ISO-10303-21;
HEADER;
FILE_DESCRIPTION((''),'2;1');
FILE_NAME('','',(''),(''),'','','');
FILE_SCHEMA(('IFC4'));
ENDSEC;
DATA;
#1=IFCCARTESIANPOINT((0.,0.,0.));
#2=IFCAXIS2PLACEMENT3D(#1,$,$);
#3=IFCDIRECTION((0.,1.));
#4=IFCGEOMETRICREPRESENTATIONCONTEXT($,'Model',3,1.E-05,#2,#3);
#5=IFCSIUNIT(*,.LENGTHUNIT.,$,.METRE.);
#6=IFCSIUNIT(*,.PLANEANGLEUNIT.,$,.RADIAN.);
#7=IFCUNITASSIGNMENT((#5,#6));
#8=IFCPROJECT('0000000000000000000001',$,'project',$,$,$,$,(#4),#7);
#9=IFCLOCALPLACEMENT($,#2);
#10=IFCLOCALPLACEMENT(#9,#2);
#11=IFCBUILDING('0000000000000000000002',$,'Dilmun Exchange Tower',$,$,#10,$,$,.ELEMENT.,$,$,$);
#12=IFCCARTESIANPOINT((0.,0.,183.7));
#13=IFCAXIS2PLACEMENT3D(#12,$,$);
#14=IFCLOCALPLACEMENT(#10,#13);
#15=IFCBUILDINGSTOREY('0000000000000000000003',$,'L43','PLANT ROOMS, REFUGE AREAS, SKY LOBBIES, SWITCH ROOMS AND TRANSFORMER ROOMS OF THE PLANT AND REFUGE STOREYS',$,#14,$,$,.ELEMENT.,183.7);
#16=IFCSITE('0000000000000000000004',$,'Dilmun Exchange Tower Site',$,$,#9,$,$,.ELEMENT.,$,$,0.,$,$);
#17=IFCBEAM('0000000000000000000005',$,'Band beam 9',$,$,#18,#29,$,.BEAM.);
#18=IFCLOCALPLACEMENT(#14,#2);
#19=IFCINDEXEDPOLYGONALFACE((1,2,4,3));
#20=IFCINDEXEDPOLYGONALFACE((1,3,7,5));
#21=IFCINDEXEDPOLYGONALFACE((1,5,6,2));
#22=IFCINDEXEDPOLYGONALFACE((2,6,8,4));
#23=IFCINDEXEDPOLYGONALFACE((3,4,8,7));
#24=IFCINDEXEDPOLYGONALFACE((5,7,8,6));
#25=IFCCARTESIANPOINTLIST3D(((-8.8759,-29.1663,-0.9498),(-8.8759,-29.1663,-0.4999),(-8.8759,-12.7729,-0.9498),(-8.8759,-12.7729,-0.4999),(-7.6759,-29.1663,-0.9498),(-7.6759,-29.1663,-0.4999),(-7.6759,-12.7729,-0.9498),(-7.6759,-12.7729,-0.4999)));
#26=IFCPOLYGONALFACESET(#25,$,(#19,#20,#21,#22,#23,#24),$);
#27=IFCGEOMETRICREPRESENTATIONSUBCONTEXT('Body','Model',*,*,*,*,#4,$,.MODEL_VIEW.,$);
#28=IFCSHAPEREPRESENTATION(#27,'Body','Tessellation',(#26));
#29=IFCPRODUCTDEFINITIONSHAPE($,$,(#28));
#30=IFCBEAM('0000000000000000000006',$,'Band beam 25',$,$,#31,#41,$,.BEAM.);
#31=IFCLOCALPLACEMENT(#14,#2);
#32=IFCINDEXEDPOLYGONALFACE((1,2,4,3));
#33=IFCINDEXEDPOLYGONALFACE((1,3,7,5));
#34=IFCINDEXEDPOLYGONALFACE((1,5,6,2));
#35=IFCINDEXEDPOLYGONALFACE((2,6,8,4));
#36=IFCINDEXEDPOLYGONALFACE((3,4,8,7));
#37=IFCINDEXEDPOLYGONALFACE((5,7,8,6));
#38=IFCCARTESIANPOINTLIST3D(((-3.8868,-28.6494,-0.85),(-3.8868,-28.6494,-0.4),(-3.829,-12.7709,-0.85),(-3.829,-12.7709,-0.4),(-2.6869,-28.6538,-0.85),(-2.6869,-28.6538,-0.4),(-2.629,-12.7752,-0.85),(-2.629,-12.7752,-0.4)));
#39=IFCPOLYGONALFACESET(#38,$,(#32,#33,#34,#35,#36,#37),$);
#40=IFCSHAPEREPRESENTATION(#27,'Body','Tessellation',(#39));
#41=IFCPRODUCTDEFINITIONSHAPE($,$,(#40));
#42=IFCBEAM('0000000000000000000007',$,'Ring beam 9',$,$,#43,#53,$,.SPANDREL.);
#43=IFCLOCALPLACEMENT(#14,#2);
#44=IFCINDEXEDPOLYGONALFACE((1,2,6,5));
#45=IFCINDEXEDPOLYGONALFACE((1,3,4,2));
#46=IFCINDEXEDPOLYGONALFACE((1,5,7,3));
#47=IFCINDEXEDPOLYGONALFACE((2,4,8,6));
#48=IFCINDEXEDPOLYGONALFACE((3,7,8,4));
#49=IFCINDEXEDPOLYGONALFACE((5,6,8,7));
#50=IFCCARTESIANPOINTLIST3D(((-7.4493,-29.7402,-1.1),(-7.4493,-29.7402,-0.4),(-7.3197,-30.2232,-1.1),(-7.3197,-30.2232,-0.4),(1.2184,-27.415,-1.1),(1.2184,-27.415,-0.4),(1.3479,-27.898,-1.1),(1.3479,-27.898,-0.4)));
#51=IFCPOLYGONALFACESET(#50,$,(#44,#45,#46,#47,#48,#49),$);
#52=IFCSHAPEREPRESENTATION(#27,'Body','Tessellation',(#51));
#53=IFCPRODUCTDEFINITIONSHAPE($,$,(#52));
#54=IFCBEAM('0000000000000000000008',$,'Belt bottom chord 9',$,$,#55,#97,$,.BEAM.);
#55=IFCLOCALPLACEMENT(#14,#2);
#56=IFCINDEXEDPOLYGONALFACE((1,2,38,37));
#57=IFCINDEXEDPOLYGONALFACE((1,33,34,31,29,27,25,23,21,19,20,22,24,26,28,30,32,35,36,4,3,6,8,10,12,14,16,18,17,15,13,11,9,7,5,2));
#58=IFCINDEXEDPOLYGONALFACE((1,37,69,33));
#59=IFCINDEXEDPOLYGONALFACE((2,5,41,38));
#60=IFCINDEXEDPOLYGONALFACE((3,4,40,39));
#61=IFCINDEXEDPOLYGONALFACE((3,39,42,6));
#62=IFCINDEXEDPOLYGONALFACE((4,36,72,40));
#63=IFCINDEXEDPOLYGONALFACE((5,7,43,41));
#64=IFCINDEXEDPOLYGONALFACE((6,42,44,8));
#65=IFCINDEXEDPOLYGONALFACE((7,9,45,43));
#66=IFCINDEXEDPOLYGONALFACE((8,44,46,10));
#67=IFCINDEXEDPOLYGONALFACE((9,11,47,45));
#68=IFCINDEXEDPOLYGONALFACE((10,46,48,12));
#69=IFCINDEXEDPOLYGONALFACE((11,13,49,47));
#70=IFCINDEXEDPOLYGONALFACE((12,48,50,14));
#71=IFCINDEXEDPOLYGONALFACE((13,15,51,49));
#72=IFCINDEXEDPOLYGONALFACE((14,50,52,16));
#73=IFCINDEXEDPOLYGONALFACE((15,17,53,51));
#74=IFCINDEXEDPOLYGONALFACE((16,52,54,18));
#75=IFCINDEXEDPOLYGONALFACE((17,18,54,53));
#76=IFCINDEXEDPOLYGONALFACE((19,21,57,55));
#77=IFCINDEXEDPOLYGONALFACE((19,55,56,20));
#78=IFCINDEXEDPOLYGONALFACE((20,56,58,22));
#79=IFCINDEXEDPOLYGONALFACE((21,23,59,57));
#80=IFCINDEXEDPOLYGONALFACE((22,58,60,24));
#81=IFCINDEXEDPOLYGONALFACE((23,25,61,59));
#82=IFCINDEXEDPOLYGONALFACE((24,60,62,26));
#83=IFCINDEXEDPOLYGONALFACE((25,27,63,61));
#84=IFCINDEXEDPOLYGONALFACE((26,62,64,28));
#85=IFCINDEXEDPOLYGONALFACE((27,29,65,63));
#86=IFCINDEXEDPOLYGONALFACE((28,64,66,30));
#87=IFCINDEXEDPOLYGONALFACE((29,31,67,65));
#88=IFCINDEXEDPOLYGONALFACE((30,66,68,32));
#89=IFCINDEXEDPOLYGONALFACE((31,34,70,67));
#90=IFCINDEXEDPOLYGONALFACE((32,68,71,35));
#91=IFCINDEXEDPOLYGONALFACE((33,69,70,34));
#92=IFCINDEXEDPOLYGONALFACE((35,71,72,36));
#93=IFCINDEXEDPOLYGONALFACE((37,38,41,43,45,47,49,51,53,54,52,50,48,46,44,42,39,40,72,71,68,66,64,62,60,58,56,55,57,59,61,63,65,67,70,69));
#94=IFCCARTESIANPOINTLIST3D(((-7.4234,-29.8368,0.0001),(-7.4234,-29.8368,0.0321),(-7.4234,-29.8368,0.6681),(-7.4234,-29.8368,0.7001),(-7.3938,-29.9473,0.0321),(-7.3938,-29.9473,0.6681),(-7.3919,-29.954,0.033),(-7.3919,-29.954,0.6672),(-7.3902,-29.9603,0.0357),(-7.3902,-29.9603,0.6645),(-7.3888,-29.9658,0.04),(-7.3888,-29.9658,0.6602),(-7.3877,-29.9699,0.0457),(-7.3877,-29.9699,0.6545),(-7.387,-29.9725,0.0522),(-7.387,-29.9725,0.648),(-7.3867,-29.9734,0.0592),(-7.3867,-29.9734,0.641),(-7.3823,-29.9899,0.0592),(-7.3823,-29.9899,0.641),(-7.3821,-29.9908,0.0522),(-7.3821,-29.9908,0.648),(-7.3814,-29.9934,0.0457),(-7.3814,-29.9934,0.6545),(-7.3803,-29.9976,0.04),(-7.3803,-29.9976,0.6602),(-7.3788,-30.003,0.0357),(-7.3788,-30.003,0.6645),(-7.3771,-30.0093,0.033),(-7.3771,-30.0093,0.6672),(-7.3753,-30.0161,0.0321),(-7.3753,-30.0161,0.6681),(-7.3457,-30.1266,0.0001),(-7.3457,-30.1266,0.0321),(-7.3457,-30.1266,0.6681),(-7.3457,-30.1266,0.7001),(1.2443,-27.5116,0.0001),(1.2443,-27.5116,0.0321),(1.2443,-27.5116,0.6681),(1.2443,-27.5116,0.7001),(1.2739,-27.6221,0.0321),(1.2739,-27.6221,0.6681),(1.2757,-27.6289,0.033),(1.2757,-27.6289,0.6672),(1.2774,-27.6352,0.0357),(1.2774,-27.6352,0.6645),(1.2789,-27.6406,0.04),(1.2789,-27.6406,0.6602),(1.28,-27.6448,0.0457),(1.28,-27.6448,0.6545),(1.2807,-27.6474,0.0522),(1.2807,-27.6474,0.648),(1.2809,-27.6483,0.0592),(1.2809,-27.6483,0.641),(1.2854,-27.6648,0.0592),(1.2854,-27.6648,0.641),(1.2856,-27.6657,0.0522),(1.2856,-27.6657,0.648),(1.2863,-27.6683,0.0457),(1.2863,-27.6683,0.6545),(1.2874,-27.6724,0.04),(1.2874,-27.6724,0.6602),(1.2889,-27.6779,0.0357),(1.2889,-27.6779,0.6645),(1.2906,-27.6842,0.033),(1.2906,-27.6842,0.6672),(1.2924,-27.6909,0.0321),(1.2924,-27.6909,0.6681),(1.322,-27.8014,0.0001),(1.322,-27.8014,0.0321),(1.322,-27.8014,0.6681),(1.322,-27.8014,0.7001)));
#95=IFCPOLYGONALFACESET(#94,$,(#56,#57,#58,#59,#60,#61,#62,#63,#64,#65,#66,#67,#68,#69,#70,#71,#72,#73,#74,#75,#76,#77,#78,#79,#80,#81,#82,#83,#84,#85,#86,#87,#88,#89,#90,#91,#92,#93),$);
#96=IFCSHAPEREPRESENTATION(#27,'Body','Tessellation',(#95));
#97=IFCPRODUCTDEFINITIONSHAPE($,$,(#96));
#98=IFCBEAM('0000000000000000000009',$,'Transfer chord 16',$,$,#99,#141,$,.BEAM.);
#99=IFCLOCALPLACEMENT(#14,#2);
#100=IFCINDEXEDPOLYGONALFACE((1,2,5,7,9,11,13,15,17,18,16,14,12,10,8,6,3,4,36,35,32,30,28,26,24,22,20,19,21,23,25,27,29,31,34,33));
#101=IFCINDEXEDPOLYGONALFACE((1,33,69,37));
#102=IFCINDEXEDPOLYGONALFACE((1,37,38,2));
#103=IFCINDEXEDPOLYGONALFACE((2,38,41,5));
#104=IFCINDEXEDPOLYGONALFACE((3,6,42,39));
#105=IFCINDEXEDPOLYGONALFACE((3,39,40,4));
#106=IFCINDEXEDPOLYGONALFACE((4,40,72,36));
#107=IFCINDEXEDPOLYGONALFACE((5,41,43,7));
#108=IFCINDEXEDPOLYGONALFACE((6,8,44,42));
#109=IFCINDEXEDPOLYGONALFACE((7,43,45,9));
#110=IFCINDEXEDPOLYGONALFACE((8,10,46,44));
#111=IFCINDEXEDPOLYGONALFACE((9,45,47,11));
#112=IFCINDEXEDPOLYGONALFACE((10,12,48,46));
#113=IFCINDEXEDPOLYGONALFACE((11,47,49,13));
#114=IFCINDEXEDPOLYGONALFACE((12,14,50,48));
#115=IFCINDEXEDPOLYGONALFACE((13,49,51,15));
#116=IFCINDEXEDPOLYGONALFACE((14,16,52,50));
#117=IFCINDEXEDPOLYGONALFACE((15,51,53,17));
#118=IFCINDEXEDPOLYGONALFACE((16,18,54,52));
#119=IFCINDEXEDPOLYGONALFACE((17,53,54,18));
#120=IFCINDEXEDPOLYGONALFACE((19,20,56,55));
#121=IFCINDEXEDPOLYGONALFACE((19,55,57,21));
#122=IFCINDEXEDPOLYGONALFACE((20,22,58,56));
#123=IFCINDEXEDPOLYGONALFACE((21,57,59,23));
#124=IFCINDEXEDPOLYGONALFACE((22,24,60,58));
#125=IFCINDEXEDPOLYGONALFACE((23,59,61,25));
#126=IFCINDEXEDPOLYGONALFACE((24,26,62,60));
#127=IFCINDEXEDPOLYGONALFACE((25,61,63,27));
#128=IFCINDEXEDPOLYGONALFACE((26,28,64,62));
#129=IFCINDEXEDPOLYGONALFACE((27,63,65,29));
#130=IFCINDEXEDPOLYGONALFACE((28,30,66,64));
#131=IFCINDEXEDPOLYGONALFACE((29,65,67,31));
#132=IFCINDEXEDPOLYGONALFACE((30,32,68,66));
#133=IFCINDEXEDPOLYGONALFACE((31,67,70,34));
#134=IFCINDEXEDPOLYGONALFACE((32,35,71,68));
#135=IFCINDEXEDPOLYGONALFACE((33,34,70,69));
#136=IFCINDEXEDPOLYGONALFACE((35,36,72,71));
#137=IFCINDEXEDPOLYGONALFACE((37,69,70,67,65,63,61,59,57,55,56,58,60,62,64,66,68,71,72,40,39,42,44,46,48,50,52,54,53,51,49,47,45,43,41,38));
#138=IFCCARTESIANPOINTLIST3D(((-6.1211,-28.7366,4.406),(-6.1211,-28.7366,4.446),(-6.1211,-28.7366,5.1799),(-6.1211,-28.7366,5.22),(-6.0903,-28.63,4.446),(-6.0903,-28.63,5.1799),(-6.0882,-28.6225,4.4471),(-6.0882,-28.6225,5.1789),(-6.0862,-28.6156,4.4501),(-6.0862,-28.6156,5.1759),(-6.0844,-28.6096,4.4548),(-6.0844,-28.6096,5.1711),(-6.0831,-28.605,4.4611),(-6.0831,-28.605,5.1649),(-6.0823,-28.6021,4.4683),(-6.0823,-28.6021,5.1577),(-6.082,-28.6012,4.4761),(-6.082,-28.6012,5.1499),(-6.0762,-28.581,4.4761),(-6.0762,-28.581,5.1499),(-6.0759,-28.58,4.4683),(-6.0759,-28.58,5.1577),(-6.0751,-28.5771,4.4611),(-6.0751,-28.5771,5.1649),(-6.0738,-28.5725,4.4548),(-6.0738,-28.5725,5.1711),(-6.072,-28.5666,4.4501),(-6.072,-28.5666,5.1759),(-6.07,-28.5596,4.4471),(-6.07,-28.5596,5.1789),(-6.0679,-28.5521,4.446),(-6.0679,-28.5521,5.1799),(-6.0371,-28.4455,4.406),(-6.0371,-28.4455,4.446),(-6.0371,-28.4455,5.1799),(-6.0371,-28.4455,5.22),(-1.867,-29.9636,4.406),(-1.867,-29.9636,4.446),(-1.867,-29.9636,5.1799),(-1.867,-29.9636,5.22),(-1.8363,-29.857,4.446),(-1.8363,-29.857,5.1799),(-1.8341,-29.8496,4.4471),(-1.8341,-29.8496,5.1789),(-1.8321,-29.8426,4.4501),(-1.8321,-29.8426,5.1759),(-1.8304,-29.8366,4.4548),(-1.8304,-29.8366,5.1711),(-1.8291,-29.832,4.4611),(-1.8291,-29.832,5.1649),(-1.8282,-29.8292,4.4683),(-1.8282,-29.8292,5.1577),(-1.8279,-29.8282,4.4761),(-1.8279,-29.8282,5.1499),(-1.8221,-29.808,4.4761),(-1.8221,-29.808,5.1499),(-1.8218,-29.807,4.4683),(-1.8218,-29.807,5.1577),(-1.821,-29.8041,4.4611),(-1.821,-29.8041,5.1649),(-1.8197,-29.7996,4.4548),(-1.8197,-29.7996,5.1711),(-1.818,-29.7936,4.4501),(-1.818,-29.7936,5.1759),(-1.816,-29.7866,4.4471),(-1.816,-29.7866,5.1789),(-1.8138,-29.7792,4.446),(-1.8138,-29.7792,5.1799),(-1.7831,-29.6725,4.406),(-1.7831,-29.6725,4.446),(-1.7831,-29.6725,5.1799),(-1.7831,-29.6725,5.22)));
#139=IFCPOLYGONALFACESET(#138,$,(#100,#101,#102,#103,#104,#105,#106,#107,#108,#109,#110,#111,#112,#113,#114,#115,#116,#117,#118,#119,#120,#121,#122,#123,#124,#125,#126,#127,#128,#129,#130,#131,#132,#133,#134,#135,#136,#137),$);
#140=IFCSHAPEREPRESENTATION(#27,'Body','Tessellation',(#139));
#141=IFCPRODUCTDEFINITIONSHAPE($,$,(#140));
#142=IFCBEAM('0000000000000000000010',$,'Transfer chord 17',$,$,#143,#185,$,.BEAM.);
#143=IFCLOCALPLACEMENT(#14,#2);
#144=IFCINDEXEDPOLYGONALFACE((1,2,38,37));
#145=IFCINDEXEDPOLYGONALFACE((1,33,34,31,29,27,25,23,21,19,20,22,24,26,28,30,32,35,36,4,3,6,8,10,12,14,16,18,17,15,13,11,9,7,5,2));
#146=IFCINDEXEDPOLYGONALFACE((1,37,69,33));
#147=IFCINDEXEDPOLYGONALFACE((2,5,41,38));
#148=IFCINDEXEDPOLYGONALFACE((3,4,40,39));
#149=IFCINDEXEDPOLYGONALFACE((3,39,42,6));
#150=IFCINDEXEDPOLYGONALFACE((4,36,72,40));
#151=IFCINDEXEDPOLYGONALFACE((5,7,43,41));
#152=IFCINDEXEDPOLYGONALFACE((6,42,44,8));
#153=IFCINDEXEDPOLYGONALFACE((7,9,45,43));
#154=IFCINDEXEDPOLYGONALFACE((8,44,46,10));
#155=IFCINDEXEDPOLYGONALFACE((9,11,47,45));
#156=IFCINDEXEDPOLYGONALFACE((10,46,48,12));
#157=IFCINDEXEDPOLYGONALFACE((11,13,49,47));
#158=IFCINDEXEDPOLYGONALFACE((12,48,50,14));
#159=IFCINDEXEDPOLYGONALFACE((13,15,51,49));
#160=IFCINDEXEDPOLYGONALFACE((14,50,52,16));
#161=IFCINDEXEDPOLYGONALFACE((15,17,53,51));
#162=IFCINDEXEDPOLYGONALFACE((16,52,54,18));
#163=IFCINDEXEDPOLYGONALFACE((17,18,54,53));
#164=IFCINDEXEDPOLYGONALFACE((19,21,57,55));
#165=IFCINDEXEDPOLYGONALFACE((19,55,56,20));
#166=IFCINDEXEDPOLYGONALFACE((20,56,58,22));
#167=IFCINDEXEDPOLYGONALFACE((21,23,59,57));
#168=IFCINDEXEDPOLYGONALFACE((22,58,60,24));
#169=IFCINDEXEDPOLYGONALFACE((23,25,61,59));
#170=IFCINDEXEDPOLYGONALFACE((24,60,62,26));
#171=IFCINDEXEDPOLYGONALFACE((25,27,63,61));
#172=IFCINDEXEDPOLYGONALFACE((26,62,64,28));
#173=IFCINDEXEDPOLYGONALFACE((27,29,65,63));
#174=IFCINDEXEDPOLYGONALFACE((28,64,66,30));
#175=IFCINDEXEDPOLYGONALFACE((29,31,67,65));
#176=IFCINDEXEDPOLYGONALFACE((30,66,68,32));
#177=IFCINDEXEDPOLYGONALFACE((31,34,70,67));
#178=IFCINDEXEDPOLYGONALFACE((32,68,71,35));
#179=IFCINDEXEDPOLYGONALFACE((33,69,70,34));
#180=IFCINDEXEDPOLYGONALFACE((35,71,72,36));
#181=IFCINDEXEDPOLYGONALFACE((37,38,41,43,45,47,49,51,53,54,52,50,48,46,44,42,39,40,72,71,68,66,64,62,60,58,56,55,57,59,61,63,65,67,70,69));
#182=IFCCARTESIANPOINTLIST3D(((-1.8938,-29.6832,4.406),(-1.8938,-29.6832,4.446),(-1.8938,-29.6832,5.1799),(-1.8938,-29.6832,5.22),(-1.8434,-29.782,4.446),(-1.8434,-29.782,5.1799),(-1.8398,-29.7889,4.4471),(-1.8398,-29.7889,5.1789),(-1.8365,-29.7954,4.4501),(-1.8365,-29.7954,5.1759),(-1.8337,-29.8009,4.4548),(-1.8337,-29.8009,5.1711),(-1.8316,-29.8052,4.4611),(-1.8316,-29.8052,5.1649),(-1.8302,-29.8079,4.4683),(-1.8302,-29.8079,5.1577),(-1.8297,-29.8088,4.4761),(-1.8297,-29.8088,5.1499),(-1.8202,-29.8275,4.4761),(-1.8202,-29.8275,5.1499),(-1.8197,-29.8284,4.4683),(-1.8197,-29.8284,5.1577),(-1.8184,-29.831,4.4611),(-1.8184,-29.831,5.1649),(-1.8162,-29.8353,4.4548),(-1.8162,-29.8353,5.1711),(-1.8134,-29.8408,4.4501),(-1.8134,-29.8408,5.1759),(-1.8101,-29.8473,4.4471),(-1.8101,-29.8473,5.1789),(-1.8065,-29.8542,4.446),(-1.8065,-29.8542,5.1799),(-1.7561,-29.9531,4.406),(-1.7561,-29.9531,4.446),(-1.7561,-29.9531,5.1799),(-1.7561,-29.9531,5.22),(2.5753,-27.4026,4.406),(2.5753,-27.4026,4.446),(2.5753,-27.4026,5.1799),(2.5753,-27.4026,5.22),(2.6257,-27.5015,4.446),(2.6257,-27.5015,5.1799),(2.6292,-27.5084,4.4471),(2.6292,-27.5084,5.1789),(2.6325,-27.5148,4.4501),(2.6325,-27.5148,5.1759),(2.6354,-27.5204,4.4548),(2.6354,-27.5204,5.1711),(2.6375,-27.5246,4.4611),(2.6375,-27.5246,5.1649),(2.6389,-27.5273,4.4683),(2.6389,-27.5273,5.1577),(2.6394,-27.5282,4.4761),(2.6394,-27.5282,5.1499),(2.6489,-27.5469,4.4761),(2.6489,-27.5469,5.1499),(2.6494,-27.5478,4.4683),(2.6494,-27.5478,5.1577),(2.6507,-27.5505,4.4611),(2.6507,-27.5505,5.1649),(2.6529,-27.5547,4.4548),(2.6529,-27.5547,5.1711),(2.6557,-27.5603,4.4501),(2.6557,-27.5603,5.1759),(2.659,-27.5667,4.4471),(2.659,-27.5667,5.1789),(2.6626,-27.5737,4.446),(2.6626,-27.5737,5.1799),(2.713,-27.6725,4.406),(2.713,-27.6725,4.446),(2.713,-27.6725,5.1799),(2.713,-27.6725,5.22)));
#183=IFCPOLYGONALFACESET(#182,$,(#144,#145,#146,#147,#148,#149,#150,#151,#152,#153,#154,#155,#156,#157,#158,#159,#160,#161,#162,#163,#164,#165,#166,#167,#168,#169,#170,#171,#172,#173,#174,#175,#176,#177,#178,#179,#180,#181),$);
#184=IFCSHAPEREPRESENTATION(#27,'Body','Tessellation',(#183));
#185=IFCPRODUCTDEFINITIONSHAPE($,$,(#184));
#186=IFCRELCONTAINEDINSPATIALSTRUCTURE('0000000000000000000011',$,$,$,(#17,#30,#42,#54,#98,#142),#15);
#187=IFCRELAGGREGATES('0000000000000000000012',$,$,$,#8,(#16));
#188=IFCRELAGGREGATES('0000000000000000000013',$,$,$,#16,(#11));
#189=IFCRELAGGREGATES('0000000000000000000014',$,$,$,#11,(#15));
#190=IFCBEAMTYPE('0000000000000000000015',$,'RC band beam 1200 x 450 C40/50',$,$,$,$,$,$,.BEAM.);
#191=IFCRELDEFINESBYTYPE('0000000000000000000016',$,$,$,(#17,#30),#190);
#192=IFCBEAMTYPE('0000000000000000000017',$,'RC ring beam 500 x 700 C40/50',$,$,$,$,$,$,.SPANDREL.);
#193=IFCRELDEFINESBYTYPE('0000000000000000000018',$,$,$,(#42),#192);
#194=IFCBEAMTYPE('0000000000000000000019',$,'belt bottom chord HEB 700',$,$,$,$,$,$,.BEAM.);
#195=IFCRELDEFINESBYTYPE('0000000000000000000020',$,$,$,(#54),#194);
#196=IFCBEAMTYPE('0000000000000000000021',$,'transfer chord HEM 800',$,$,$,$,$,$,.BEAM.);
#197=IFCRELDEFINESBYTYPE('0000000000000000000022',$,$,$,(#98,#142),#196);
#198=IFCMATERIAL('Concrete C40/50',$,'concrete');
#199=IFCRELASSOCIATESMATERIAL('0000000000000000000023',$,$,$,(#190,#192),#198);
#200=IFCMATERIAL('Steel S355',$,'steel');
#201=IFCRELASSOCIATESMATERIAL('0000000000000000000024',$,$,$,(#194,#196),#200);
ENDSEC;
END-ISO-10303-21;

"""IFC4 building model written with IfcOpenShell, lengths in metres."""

from ifc_helpers import new_model, si_unit, direction, frame, origin, origin_2d, place, context, subcontext, project, spatial, rectangle, i_section, extrude, material, material_profile, profile_set, type_object, element, save


model = new_model("IFC4")

# Units and contexts
model_context = context("Model", 3, precision=1e-05, world=origin(), true_north=direction((0.0, 1.0)))
body_context = subcontext(model_context, "Body", "Model", "MODEL_VIEW")
ifc_project = project(units=[si_unit("LENGTHUNIT", "METRE"), si_unit("PLANEANGLEUNIT", "RADIAN")], contexts=[model_context])

# Site, building, storey
site_placement = place(None, origin())
site = spatial("IfcSite", under=ifc_project, at=site_placement, Name="Dilmun Exchange Tower Site", CompositionType="ELEMENT", RefElevation=0.0)
building_placement = place(site_placement, origin())
building = spatial("IfcBuilding", under=site, at=building_placement, Name="Dilmun Exchange Tower", CompositionType="ELEMENT")
storey_placement = place(building_placement, frame((0.0, 0.0, 183.7)))
storey = spatial("IfcBuildingStorey", under=building, at=storey_placement, Name="L43", Description="PLANT ROOMS, REFUGE AREAS, SKY LOBBIES, SWITCH ROOMS AND TRANSFORMER ROOMS OF THE PLANT AND REFUGE STOREYS", CompositionType="ELEMENT", Elevation=183.7)

# Beams
ifc_material_1 = material(Name="Concrete C40/50", Category="concrete")
ifc_material_profile_1 = material_profile(ifc_material_1, rectangle(XDim=1.2, YDim=0.45, at=origin_2d()), Name="1200 x 450")
ifc_profile_set_1 = profile_set([ifc_material_profile_1], Name="Concrete C40/50")
beam_type_1 = type_object("IfcBeamType", Name="RC band beam 1200 x 450 C40/50", PredefinedType="BEAM", material=ifc_profile_set_1)
beam_1_placement = place(storey_placement, frame((-8.2759, -29.1663, -0.7249), z_axis=(0.0, 1.0, 0.0), x_axis=(-1.0, 0.0, 0.0)))
element("IfcBeam", 1, at=beam_1_placement, inside=storey, type_object=beam_type_1, Name="Band beam 9", PredefinedType="BEAM", context=body_context, shape_type="SweptSolid", body=[
    extrude(rectangle(XDim=1.2, YDim=0.45, at=origin_2d()), origin(), (0.0, 0.0, 1.0), 16.3933),
])
beam_2_placement = place(storey_placement, frame((-3.2869, -28.6516, -0.625), z_axis=(0.003644, 0.999993, 0.0), x_axis=(-0.999993, 0.003644, 0.0)))
element("IfcBeam", 2, at=beam_2_placement, inside=storey, type_object=beam_type_1, Name="Band beam 25", PredefinedType="BEAM", context=body_context, shape_type="SweptSolid", body=[
    extrude(rectangle(XDim=1.2, YDim=0.45, at=origin_2d()), origin(), (0.0, 0.0, 1.0), 15.8787),
])
ifc_material_profile_2 = material_profile(ifc_material_1, rectangle(XDim=0.5, YDim=0.7, at=origin_2d()), Name="500 x 700")
ifc_profile_set_2 = profile_set([ifc_material_profile_2], Name="Concrete C40/50")
beam_type_2 = type_object("IfcBeamType", Name="RC ring beam 500 x 700 C40/50", PredefinedType="SPANDREL", material=ifc_profile_set_2)
beam_3_placement = place(storey_placement, frame((-7.3845, -29.9817, -0.75), z_axis=(0.965851, 0.259098, 0.0), x_axis=(-0.259098, 0.965851, 0.0)))
element("IfcBeam", 3, at=beam_3_placement, inside=storey, type_object=beam_type_2, Name="Ring beam 9", PredefinedType="SPANDREL", context=body_context, shape_type="SweptSolid", body=[
    extrude(rectangle(XDim=0.5, YDim=0.7, at=origin_2d()), origin(), (0.0, 0.0, 1.0), 8.9741),
])
ifc_material_2 = material(Name="Steel S355", Category="steel")
ifc_material_profile_3 = material_profile(ifc_material_2, i_section(OverallWidth=0.3, OverallDepth=0.7, WebThickness=0.0171, FlangeThickness=0.032, FilletRadius=0.0271, at=origin_2d()), Name="HEB 700")
ifc_profile_set_3 = profile_set([ifc_material_profile_3], Name="Steel S355")
beam_type_3 = type_object("IfcBeamType", Name="belt bottom chord HEB 700", PredefinedType="BEAM", material=ifc_profile_set_3)
beam_4_placement = place(storey_placement, frame((-7.3845, -29.9817, 0.3501), z_axis=(0.965851, 0.259098, 0.0), x_axis=(-0.259098, 0.965851, 0.0)))
element("IfcBeam", 4, at=beam_4_placement, inside=storey, type_object=beam_type_3, Name="Belt bottom chord 9", PredefinedType="BEAM", context=body_context, shape_type="SweptSolid", body=[
    extrude(i_section(OverallWidth=0.3, OverallDepth=0.7, WebThickness=0.0171, FlangeThickness=0.032, FilletRadius=0.0271, at=origin_2d()), origin(), (0.0, 0.0, 1.0), 8.9741),
])
ifc_material_profile_4 = material_profile(ifc_material_2, i_section(OverallWidth=0.303, OverallDepth=0.814, WebThickness=0.021, FlangeThickness=0.04, FilletRadius=0.03, at=origin_2d()), Name="HEM 800")
ifc_profile_set_4 = profile_set([ifc_material_profile_4], Name="Steel S355")
beam_type_4 = type_object("IfcBeamType", Name="transfer chord HEM 800", PredefinedType="BEAM", material=ifc_profile_set_4)
beam_5_placement = place(storey_placement, frame((-6.0791, -28.5911, 4.813), z_axis=(0.96083, -0.277138, 0.0), x_axis=(0.277138, 0.96083, 0.0)))
element("IfcBeam", 5, at=beam_5_placement, inside=storey, type_object=beam_type_4, Name="Transfer chord 16", PredefinedType="BEAM", context=body_context, shape_type="SweptSolid", body=[
    extrude(i_section(OverallWidth=0.303, OverallDepth=0.814, WebThickness=0.021, FlangeThickness=0.04, FilletRadius=0.03, at=origin_2d()), origin(), (0.0, 0.0, 1.0), 4.4275),
])
beam_6_placement = place(storey_placement, frame((-1.825, -29.8181, 4.813), z_axis=(0.890728, 0.454537, 0.0), x_axis=(-0.454537, 0.890728, 0.0)))
element("IfcBeam", 6, at=beam_6_placement, inside=storey, type_object=beam_type_4, Name="Transfer chord 17", PredefinedType="BEAM", context=body_context, shape_type="SweptSolid", body=[
    extrude(i_section(OverallWidth=0.303, OverallDepth=0.814, WebThickness=0.021, FlangeThickness=0.04, FilletRadius=0.03, at=origin_2d()), origin(), (0.0, 0.0, 1.0), 5.0173),
])

save(model, "model.ifc")
